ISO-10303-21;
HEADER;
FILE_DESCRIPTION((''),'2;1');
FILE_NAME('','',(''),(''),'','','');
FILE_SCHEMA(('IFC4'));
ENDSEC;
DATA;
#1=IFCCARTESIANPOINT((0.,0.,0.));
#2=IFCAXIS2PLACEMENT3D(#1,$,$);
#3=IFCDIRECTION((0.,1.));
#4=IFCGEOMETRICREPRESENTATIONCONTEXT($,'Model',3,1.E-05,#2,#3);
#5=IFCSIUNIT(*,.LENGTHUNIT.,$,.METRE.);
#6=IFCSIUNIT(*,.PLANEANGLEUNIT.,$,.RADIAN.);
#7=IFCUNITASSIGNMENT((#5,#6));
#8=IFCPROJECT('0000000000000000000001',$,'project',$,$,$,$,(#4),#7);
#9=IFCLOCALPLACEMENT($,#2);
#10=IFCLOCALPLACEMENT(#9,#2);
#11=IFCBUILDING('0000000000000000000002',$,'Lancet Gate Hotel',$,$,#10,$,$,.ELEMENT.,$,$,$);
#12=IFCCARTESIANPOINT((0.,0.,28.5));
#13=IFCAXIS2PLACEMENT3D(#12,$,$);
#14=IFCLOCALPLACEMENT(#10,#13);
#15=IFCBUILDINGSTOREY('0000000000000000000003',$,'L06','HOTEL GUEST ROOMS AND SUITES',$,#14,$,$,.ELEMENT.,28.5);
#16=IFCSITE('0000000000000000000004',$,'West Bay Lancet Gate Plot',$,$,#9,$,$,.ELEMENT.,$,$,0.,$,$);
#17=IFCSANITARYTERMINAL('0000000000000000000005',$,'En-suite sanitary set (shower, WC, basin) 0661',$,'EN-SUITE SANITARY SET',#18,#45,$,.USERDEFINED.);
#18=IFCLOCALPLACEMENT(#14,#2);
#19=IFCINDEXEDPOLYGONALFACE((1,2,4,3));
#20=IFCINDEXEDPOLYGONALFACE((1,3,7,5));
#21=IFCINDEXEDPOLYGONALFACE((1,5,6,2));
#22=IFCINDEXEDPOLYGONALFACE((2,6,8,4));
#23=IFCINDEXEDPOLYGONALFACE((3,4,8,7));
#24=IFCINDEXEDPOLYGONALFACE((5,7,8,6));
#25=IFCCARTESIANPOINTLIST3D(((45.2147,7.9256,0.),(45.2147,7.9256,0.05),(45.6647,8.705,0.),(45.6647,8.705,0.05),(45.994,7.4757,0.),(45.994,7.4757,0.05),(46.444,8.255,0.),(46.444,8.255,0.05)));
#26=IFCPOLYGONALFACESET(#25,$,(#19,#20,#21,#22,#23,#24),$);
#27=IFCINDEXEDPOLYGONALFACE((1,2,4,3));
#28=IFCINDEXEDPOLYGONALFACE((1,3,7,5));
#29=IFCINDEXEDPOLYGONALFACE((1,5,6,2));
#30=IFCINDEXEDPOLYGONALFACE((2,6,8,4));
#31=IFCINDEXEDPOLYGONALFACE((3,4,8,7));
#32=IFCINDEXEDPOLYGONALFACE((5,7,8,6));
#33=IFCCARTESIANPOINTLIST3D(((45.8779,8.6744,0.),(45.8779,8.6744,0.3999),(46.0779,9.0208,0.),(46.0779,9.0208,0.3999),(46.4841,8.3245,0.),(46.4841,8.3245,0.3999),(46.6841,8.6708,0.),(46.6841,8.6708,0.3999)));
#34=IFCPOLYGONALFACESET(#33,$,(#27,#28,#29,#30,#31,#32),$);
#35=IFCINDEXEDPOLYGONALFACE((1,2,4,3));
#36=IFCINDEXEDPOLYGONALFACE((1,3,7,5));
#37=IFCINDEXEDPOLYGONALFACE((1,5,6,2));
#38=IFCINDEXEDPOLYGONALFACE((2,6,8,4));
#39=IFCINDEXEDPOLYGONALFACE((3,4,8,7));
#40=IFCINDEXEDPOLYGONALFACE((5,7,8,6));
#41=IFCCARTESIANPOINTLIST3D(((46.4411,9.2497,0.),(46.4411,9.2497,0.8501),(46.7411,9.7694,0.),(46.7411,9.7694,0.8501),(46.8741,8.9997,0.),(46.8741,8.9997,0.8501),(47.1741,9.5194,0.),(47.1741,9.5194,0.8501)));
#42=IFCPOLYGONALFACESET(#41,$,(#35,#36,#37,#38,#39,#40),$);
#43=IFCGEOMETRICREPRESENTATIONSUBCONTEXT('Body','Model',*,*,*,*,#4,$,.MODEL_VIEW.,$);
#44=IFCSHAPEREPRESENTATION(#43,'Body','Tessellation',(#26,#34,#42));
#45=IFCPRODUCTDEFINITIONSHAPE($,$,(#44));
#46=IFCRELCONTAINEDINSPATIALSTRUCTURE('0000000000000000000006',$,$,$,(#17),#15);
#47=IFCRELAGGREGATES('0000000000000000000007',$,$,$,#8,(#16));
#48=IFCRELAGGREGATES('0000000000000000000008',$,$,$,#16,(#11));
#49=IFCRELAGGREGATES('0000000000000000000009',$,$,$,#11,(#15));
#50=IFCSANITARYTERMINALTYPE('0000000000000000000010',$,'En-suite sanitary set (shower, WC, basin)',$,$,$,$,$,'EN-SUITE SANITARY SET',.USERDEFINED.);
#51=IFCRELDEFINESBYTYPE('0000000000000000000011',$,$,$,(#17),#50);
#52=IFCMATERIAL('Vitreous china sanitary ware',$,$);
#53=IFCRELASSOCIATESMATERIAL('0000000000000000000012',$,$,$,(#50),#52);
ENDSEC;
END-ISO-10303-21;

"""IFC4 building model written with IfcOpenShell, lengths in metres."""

from ifc_helpers import new_model, si_unit, direction, frame, origin, origin_2d, place, context, subcontext, project, spatial, rectangle, extrude, material, type_object, element, save


model = new_model("IFC4")

# Units and contexts
model_context = context("Model", 3, precision=1e-05, world=origin(), true_north=direction((0.0, 1.0)))
body_context = subcontext(model_context, "Body", "Model", "MODEL_VIEW")
ifc_project = project(units=[si_unit("LENGTHUNIT", "METRE"), si_unit("PLANEANGLEUNIT", "RADIAN")], contexts=[model_context])

# Site, building, storey
site_placement = place(None, origin())
site = spatial("IfcSite", under=ifc_project, at=site_placement, Name="West Bay Lancet Gate Plot", CompositionType="ELEMENT", RefElevation=0.0)
building_placement = place(site_placement, origin())
building = spatial("IfcBuilding", under=site, at=building_placement, Name="Lancet Gate Hotel", CompositionType="ELEMENT")
storey_placement = place(building_placement, frame((0.0, 0.0, 28.5)))
storey = spatial("IfcBuildingStorey", under=building, at=storey_placement, Name="L06", Description="HOTEL GUEST ROOMS AND SUITES", CompositionType="ELEMENT", Elevation=28.5)

# Sanitary terminal
ifc_material_1 = material(Name="Vitreous china sanitary ware")
sanitary_terminal_type = type_object("IfcSanitaryTerminalType", Name="En-suite sanitary set (shower, WC, basin)", ElementType="EN-SUITE SANITARY SET", PredefinedType="USERDEFINED", material=ifc_material_1)
sanitary_terminal_1_placement = place(storey_placement, frame((45.8293, 8.0903, 0.0), z_axis=(0.0, 0.0, 1.0), x_axis=(1.0, 0.0, 0.0)))
element("IfcSanitaryTerminal", 1, at=sanitary_terminal_1_placement, inside=storey, type_object=sanitary_terminal_type, Name="En-suite sanitary set (shower, WC, basin) 0661", ObjectType="EN-SUITE SANITARY SET", PredefinedType="USERDEFINED", context=body_context, shape_type="SweptSolid", body=[
    extrude(rectangle(XDim=0.8999, YDim=0.8999, at=origin_2d()), frame((0.0, 0.0, 0.0), z_axis=(0.0, 0.0, 1.0), x_axis=(-0.5, -0.866025, 0.0)), (0.0, 0.0, 1.0), 0.05),
    extrude(rectangle(XDim=0.3999, YDim=0.7, at=origin_2d()), frame((0.4517, 0.5823, 0.0), z_axis=(0.0, 0.0, 1.0), x_axis=(-0.5, -0.866025, 0.0)), (0.0, 0.0, 1.0), 0.3999),
    extrude(rectangle(XDim=0.6001, YDim=0.5, at=origin_2d()), frame((0.9783, 1.2942, 0.0), z_axis=(0.0, 0.0, 1.0), x_axis=(-0.5, -0.866025, 0.0)), (0.0, 0.0, 1.0), 0.8501),
])

save(model, "model.ifc")
